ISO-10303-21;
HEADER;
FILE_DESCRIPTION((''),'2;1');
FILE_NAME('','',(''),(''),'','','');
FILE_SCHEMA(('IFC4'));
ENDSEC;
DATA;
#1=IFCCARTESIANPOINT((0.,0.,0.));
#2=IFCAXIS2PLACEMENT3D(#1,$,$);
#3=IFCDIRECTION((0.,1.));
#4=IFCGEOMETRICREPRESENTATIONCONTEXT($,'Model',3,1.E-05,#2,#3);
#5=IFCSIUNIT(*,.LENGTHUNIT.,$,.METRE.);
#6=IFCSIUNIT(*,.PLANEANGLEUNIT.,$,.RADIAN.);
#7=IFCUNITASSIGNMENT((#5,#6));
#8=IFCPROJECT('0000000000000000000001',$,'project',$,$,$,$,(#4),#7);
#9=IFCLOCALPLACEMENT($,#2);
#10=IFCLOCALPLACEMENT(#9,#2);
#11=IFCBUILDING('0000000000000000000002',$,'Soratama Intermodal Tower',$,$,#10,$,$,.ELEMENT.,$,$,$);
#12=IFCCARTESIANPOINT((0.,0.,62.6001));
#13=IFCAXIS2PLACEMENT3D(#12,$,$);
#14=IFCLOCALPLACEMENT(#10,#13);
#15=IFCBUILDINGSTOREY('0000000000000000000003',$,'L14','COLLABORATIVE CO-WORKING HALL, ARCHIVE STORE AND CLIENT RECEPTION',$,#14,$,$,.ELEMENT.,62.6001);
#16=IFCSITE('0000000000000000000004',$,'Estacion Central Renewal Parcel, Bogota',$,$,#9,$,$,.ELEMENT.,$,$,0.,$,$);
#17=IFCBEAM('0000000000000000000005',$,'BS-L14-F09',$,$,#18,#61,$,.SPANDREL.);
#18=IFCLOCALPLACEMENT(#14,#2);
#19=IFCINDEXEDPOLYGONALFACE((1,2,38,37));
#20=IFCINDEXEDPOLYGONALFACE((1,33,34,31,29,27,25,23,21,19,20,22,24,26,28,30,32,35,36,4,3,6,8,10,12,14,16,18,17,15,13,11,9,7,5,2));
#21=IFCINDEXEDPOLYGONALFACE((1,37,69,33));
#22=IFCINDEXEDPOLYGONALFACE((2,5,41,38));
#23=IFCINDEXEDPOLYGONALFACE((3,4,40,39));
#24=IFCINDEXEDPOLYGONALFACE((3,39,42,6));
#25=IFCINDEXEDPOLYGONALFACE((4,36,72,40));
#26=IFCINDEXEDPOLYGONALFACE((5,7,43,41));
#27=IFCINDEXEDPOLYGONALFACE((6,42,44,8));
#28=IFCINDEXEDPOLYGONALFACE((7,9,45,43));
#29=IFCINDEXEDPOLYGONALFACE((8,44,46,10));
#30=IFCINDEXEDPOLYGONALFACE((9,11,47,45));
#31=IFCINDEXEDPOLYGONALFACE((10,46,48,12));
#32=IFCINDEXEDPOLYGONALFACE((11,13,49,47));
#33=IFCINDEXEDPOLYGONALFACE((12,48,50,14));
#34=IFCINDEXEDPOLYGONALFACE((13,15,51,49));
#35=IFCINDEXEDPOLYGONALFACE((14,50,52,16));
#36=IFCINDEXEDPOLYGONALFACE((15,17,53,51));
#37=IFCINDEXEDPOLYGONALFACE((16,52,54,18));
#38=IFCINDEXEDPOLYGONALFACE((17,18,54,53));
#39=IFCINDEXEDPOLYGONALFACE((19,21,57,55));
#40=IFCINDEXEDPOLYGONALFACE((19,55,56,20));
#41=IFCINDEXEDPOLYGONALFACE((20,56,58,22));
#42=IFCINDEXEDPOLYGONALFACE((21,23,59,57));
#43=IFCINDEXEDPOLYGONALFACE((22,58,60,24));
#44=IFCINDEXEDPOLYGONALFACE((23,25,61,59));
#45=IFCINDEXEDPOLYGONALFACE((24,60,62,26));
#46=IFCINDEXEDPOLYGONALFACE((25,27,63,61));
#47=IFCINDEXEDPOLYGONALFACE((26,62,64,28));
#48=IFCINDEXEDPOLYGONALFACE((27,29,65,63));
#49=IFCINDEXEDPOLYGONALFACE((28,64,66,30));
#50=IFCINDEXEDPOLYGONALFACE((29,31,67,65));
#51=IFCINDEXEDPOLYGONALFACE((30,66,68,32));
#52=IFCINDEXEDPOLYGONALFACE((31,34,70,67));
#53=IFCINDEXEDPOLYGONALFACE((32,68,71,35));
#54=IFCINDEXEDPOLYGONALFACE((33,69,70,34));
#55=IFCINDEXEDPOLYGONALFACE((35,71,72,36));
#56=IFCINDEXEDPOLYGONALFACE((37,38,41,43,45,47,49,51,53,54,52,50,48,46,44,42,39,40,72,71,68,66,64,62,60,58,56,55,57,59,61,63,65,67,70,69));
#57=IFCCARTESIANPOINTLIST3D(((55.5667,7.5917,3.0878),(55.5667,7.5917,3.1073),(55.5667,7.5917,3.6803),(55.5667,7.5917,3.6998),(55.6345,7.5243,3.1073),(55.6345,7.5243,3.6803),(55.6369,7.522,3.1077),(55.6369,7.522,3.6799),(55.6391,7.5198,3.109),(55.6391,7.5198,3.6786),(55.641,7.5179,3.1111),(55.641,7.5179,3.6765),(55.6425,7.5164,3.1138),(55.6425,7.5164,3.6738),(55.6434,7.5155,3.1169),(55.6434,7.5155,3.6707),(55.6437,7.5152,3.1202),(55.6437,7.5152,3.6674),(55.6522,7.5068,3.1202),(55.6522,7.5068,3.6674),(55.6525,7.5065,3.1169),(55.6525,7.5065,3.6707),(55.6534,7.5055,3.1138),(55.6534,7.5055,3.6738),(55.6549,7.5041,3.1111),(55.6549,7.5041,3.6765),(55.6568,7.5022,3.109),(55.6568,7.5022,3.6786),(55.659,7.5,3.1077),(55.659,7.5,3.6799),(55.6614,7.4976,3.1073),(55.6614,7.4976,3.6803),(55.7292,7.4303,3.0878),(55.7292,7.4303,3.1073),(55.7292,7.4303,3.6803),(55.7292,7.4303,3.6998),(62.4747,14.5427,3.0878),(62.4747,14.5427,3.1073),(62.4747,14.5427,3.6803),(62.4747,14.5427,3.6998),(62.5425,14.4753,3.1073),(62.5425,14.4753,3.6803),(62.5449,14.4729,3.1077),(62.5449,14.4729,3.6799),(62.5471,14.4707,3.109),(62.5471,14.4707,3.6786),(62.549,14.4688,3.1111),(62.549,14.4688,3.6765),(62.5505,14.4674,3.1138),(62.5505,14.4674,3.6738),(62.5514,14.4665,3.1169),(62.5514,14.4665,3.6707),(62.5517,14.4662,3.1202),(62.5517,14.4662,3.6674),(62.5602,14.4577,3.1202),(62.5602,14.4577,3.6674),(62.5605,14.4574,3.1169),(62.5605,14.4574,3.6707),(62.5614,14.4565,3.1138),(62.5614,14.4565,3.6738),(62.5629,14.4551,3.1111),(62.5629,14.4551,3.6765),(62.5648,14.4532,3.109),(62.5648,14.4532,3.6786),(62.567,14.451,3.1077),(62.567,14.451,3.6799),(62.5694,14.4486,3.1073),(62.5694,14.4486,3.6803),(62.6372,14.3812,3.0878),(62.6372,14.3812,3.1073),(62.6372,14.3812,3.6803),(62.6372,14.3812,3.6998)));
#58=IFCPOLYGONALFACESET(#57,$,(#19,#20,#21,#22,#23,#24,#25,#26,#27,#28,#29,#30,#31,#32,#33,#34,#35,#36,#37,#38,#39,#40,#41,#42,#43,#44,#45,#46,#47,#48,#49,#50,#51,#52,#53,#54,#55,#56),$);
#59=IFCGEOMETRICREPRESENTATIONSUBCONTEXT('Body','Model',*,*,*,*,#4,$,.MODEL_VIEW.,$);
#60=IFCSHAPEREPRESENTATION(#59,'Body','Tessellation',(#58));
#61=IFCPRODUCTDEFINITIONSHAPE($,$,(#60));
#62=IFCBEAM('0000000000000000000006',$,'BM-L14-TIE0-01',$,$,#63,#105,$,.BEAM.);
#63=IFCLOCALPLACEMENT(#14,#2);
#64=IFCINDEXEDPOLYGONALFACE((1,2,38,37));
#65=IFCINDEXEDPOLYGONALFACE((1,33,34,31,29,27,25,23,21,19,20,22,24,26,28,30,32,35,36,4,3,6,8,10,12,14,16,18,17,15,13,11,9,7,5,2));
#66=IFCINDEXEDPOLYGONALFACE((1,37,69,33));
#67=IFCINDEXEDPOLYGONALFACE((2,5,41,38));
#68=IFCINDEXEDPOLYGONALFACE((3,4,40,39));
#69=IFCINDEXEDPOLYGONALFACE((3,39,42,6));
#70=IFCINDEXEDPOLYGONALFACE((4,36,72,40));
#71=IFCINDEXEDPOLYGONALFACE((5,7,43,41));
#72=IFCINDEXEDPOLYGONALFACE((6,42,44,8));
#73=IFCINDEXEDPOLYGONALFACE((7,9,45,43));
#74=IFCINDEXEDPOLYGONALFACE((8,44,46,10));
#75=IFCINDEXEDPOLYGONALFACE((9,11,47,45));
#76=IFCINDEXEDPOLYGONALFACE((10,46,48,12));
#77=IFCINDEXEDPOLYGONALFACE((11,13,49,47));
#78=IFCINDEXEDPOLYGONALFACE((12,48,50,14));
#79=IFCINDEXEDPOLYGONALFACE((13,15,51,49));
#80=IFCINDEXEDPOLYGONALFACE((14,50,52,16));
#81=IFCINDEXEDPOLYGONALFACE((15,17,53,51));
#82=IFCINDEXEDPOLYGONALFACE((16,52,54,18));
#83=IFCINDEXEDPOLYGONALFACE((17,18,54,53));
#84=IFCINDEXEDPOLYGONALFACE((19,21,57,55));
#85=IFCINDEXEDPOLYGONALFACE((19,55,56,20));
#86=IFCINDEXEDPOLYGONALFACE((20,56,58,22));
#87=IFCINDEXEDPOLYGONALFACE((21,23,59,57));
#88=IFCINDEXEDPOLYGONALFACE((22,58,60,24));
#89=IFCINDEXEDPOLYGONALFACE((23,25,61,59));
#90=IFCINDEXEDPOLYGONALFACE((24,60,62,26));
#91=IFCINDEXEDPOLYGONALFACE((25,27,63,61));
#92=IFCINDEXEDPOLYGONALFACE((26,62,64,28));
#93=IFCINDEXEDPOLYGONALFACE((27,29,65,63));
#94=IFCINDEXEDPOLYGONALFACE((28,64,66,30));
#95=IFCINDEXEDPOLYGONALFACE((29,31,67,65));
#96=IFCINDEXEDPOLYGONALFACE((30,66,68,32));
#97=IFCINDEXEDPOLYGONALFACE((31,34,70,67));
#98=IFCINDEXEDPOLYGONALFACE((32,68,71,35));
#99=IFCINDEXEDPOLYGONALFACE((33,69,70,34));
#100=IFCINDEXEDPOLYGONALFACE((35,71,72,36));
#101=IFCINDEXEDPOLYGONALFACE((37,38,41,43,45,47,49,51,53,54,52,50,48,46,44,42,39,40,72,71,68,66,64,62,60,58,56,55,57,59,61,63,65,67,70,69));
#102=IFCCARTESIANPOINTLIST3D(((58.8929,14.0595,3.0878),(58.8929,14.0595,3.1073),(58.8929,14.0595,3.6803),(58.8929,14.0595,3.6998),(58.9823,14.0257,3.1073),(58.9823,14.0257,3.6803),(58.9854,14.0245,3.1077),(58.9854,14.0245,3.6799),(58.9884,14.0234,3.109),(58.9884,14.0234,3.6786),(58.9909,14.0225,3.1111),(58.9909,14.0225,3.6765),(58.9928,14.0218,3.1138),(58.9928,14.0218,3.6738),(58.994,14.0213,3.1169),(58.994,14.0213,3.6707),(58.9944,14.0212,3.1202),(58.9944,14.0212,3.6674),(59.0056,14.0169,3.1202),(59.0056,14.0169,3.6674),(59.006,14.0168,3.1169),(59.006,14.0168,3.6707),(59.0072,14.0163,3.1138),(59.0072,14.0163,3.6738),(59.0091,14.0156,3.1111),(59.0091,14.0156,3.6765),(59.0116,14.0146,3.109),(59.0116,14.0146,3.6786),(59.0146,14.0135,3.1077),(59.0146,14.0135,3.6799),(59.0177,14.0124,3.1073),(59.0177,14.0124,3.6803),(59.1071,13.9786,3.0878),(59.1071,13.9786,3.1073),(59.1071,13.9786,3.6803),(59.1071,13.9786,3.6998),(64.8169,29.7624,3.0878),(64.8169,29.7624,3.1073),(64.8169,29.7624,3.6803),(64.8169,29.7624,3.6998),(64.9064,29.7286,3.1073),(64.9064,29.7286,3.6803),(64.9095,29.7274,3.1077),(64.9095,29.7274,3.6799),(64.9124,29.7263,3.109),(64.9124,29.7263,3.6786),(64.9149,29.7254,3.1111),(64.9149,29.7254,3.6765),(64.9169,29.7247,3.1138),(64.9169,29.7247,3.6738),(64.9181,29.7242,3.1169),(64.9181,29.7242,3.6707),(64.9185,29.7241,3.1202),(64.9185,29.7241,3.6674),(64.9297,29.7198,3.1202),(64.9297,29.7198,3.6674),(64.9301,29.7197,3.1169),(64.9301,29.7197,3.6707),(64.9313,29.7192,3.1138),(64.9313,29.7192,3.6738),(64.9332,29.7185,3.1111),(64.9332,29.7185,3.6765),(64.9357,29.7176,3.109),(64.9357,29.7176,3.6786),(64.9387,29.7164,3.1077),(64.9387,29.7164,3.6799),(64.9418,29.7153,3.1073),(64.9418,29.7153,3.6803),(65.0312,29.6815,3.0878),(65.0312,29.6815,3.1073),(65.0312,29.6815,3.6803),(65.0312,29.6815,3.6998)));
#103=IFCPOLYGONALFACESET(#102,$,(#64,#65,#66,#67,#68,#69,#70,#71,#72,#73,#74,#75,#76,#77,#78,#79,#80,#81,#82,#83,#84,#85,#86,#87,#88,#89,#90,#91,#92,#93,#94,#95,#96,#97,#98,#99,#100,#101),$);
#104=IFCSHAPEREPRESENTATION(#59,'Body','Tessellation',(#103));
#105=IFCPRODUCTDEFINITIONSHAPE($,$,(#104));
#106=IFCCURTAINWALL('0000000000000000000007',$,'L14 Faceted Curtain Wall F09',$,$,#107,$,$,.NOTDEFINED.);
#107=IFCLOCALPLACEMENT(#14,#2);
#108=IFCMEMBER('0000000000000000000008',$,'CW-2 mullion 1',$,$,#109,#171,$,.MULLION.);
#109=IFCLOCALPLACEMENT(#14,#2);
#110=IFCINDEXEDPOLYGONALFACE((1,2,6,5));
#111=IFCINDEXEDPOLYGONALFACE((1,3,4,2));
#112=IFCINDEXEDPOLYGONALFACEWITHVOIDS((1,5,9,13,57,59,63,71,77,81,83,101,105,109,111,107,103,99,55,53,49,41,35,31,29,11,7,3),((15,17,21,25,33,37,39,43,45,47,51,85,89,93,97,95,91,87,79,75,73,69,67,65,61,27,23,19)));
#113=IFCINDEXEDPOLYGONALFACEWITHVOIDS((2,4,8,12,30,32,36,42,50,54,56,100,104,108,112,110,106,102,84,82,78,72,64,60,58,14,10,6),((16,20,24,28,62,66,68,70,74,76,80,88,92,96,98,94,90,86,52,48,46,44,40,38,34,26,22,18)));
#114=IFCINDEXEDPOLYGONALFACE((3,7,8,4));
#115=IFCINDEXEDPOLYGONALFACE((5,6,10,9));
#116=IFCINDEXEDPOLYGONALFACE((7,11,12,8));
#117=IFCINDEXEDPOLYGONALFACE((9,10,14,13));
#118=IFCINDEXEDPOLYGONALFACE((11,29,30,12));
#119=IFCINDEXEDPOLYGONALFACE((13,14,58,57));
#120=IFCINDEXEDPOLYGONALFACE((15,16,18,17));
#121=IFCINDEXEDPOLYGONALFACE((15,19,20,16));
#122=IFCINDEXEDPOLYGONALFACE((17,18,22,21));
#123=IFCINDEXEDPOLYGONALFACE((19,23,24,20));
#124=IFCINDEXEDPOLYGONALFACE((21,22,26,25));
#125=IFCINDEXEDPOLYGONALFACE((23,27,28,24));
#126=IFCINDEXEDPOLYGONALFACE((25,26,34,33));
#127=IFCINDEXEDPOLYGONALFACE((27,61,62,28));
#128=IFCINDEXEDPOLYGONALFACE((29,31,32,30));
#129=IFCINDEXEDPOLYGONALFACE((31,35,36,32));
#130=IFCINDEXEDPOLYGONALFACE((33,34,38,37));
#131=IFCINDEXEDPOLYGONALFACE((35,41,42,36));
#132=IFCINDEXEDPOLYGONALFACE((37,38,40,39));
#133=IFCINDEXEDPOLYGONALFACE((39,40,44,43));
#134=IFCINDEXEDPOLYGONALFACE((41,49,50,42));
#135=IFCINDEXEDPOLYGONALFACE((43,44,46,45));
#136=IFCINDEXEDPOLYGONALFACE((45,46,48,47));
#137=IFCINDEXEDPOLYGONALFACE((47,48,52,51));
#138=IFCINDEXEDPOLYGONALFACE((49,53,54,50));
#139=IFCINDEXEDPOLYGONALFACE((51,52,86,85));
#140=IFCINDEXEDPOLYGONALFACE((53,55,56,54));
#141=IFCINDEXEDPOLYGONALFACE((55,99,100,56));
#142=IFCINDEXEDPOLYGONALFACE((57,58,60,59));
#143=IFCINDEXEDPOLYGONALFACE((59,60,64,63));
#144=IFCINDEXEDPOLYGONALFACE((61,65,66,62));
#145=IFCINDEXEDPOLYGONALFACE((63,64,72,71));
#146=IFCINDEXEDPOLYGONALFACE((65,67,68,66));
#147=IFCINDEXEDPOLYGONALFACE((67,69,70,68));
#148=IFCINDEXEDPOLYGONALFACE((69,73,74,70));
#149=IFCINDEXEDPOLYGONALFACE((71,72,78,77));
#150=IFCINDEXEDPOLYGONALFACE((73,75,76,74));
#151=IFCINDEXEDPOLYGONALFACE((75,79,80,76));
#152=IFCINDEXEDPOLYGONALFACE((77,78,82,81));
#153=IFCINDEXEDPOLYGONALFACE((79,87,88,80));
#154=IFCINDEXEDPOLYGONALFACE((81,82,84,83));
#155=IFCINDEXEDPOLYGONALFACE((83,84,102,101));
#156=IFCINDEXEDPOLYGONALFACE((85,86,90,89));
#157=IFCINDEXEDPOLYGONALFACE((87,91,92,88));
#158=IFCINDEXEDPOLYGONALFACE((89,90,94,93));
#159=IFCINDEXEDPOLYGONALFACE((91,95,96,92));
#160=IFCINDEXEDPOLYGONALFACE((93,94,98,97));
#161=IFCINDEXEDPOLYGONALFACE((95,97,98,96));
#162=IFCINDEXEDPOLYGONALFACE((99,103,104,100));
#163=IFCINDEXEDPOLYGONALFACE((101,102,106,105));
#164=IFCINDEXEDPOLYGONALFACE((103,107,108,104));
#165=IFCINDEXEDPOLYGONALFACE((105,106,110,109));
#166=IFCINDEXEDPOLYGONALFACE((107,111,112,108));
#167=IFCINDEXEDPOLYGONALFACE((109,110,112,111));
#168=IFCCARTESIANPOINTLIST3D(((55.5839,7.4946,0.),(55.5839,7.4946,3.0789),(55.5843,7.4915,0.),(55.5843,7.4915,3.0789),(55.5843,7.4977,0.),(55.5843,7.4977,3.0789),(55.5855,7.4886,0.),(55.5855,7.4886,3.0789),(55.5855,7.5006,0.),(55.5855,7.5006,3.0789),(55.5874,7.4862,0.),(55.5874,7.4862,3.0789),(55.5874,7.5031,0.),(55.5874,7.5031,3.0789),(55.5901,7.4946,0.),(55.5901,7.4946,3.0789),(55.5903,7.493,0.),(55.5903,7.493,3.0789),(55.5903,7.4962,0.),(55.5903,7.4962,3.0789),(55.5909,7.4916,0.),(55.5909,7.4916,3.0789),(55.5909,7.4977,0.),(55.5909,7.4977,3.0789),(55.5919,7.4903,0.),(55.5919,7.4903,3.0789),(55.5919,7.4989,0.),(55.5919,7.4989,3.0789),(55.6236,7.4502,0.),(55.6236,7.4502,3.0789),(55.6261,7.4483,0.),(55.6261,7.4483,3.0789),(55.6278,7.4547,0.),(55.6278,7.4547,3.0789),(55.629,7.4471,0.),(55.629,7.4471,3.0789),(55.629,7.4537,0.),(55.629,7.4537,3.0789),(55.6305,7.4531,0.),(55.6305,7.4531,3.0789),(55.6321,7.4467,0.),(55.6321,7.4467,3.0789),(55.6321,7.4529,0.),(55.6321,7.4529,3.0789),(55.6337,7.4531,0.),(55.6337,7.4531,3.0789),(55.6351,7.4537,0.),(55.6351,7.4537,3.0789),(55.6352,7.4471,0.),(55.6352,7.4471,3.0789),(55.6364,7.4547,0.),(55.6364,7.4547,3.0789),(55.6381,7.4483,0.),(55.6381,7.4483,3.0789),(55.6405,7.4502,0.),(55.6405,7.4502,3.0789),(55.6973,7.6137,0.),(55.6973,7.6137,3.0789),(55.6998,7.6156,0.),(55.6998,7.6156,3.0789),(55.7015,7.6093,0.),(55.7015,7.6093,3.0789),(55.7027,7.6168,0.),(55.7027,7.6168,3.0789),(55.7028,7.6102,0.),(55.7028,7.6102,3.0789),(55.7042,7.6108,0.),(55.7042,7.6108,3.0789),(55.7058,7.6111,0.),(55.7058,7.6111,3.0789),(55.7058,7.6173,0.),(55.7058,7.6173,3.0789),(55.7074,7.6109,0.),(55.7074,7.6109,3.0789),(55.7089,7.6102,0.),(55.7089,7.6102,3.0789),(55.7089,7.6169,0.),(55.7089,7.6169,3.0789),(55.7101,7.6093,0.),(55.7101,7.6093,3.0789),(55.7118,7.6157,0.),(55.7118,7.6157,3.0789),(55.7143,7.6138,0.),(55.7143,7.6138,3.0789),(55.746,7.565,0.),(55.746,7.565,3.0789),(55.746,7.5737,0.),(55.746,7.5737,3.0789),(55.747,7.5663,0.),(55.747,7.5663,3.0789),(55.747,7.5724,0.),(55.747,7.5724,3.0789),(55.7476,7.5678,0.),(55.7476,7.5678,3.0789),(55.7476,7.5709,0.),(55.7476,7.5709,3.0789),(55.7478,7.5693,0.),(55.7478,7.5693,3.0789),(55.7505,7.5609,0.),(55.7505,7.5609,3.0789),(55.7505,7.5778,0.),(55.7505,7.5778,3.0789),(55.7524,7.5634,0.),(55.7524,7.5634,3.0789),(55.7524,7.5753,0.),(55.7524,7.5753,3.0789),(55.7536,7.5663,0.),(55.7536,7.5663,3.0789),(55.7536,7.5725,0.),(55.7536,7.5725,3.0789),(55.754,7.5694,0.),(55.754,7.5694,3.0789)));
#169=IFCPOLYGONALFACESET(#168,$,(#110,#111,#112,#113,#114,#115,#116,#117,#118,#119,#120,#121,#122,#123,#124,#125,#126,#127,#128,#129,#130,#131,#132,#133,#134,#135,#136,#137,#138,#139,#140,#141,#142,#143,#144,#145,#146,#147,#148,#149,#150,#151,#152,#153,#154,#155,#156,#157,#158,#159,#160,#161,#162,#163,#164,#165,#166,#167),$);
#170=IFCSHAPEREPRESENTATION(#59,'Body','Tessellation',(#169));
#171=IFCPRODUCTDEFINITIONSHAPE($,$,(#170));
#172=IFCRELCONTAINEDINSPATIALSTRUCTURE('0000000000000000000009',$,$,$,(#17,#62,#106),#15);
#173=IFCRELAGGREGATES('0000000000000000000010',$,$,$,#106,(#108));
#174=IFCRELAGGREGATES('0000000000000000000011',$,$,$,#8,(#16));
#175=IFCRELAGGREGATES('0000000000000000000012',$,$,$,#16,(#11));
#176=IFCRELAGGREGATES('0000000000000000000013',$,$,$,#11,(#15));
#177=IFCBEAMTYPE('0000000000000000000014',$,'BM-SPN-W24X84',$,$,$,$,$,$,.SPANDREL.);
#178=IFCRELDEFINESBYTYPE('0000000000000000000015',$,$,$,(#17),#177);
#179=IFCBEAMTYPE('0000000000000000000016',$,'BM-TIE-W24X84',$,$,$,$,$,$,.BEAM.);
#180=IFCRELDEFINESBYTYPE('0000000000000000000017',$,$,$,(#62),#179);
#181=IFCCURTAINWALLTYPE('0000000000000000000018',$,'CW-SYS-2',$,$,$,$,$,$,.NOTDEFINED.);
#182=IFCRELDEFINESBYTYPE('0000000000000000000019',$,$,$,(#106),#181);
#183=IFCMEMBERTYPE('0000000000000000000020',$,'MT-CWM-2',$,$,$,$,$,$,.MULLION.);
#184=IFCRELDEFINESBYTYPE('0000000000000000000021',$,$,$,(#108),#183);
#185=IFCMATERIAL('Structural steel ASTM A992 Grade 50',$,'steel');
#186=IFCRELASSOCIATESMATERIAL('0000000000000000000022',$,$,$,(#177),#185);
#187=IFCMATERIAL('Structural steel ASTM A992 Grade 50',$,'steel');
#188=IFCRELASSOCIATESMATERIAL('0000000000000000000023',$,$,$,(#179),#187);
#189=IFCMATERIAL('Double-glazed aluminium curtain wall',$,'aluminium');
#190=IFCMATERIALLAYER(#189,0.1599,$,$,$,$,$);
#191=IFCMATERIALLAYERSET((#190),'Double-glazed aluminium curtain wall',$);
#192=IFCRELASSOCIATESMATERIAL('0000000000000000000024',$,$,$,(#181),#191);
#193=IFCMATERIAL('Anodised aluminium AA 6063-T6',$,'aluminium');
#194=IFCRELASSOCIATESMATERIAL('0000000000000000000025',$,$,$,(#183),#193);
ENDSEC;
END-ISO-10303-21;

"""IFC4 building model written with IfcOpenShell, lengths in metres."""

from ifc_helpers import new_model, si_unit, direction, frame, origin, origin_2d, place, context, subcontext, project, spatial, hollow_rectangle, i_section, extrude, material, layer, layer_set, material_profile, profile_set, type_object, element, aggregate, save


model = new_model("IFC4")

# Units and contexts
model_context = context("Model", 3, precision=1e-05, world=origin(), true_north=direction((0.0, 1.0)))
body_context = subcontext(model_context, "Body", "Model", "MODEL_VIEW")
ifc_project = project(units=[si_unit("LENGTHUNIT", "METRE"), si_unit("PLANEANGLEUNIT", "RADIAN")], contexts=[model_context])

# Site, building, storey
site_placement = place(None, origin())
site = spatial("IfcSite", under=ifc_project, at=site_placement, Name="Estacion Central Renewal Parcel, Bogota", CompositionType="ELEMENT", RefElevation=0.0)
building_placement = place(site_placement, origin())
building = spatial("IfcBuilding", under=site, at=building_placement, Name="Soratama Intermodal Tower", CompositionType="ELEMENT")
storey_placement = place(building_placement, frame((0.0, 0.0, 62.6001)))
storey = spatial("IfcBuildingStorey", under=building, at=storey_placement, Name="L14", Description="COLLABORATIVE CO-WORKING HALL, ARCHIVE STORE AND CLIENT RECEPTION", CompositionType="ELEMENT", Elevation=62.6001)

# Beams
ifc_material_1 = material(Name="Structural steel ASTM A992 Grade 50", Category="steel")
ifc_material_profile_1 = material_profile(ifc_material_1, i_section(OverallWidth=0.229, OverallDepth=0.6121, WebThickness=0.012, FlangeThickness=0.0195, FilletRadius=0.0129, at=origin_2d()), Name="W24X84")
ifc_profile_set_1 = profile_set([ifc_material_profile_1], Name="Structural steel ASTM A992 Grade 50")
beam_type_1 = type_object("IfcBeamType", Name="BM-SPN-W24X84", PredefinedType="SPANDREL", material=ifc_profile_set_1)
beam_1_placement = place(storey_placement, frame((55.6479, 7.511, 3.3938), z_axis=(0.704911, 0.709296, 0.0), x_axis=(-0.709296, 0.704911, 0.0)))
element("IfcBeam", 1, at=beam_1_placement, inside=storey, type_object=beam_type_1, Name="BS-L14-F09", PredefinedType="SPANDREL", context=body_context, shape_type="SweptSolid", body=[
    extrude(i_section(OverallWidth=0.229, OverallDepth=0.6121, WebThickness=0.012, FlangeThickness=0.0195, FilletRadius=0.0129, at=origin_2d()), origin(), (0.0, 0.0, 1.0), 9.7998),
])
ifc_material_2 = material(Name="Structural steel ASTM A992 Grade 50", Category="steel")
ifc_material_profile_2 = material_profile(ifc_material_2, i_section(OverallWidth=0.229, OverallDepth=0.6121, WebThickness=0.012, FlangeThickness=0.0195, FilletRadius=0.0129, at=origin_2d()), Name="W24X84")
ifc_profile_set_2 = profile_set([ifc_material_profile_2], Name="Structural steel ASTM A992 Grade 50")
beam_type_2 = type_object("IfcBeamType", Name="BM-TIE-W24X84", PredefinedType="BEAM", material=ifc_profile_set_2)
beam_2_placement = place(storey_placement, frame((59.0, 14.019, 3.3938), z_axis=(0.352977, 0.935632, 0.0), x_axis=(-0.935632, 0.352977, 0.0)))
element("IfcBeam", 2, at=beam_2_placement, inside=storey, type_object=beam_type_2, Name="BM-L14-TIE0-01", PredefinedType="BEAM", context=body_context, shape_type="SweptSolid", body=[
    extrude(i_section(OverallWidth=0.229, OverallDepth=0.6121, WebThickness=0.012, FlangeThickness=0.0195, FilletRadius=0.0129, at=origin_2d()), origin(), (0.0, 0.0, 1.0), 16.7832),
])

# Curtain wall, member
ifc_material_3 = material(Name="Double-glazed aluminium curtain wall", Category="aluminium")
ifc_layer_1 = layer(ifc_material_3, 0.1599)
ifc_layer_set_1 = layer_set([ifc_layer_1], Name="Double-glazed aluminium curtain wall")
curtain_wall_type = type_object("IfcCurtainWallType", Name="CW-SYS-2", PredefinedType="NOTDEFINED", material=ifc_layer_set_1)
curtain_wall_placement = place(storey_placement, origin())
curtain_wall = element("IfcCurtainWall", 3, at=curtain_wall_placement, inside=storey, type_object=curtain_wall_type, Name="L14 Faceted Curtain Wall F09", PredefinedType="NOTDEFINED")
ifc_material_4 = material(Name="Anodised aluminium AA 6063-T6", Category="aluminium")
ifc_material_profile_3 = material_profile(ifc_material_4, hollow_rectangle(XDim=0.075, YDim=0.1799, WallThickness=0.0061, InnerFilletRadius=0.0061, OuterFilletRadius=0.012, at=origin_2d()), Name="CWM180X75X6")
ifc_profile_set_3 = profile_set([ifc_material_profile_3], Name="Anodised aluminium AA 6063-T6")
member_type_1 = type_object("IfcMemberType", Name="MT-CWM-2", PredefinedType="MULLION", material=ifc_profile_set_3)
member_1_placement = place(storey_placement, frame((55.6689, 7.532, 0.0), z_axis=(0.0, 0.0, 1.0), x_axis=(-0.709328, 0.704879, 0.0)))
member_1 = element("IfcMember", 4, at=member_1_placement, type_object=member_type_1, Name="CW-2 mullion 1", PredefinedType="MULLION", context=body_context, shape_type="SweptSolid", body=[
    extrude(hollow_rectangle(XDim=0.075, YDim=0.1799, WallThickness=0.0061, InnerFilletRadius=0.0061, OuterFilletRadius=0.012, at=origin_2d()), origin(), (0.0, 0.0, 1.0), 3.0789),
])
aggregate(curtain_wall, [member_1])

save(model, "model.ifc")
